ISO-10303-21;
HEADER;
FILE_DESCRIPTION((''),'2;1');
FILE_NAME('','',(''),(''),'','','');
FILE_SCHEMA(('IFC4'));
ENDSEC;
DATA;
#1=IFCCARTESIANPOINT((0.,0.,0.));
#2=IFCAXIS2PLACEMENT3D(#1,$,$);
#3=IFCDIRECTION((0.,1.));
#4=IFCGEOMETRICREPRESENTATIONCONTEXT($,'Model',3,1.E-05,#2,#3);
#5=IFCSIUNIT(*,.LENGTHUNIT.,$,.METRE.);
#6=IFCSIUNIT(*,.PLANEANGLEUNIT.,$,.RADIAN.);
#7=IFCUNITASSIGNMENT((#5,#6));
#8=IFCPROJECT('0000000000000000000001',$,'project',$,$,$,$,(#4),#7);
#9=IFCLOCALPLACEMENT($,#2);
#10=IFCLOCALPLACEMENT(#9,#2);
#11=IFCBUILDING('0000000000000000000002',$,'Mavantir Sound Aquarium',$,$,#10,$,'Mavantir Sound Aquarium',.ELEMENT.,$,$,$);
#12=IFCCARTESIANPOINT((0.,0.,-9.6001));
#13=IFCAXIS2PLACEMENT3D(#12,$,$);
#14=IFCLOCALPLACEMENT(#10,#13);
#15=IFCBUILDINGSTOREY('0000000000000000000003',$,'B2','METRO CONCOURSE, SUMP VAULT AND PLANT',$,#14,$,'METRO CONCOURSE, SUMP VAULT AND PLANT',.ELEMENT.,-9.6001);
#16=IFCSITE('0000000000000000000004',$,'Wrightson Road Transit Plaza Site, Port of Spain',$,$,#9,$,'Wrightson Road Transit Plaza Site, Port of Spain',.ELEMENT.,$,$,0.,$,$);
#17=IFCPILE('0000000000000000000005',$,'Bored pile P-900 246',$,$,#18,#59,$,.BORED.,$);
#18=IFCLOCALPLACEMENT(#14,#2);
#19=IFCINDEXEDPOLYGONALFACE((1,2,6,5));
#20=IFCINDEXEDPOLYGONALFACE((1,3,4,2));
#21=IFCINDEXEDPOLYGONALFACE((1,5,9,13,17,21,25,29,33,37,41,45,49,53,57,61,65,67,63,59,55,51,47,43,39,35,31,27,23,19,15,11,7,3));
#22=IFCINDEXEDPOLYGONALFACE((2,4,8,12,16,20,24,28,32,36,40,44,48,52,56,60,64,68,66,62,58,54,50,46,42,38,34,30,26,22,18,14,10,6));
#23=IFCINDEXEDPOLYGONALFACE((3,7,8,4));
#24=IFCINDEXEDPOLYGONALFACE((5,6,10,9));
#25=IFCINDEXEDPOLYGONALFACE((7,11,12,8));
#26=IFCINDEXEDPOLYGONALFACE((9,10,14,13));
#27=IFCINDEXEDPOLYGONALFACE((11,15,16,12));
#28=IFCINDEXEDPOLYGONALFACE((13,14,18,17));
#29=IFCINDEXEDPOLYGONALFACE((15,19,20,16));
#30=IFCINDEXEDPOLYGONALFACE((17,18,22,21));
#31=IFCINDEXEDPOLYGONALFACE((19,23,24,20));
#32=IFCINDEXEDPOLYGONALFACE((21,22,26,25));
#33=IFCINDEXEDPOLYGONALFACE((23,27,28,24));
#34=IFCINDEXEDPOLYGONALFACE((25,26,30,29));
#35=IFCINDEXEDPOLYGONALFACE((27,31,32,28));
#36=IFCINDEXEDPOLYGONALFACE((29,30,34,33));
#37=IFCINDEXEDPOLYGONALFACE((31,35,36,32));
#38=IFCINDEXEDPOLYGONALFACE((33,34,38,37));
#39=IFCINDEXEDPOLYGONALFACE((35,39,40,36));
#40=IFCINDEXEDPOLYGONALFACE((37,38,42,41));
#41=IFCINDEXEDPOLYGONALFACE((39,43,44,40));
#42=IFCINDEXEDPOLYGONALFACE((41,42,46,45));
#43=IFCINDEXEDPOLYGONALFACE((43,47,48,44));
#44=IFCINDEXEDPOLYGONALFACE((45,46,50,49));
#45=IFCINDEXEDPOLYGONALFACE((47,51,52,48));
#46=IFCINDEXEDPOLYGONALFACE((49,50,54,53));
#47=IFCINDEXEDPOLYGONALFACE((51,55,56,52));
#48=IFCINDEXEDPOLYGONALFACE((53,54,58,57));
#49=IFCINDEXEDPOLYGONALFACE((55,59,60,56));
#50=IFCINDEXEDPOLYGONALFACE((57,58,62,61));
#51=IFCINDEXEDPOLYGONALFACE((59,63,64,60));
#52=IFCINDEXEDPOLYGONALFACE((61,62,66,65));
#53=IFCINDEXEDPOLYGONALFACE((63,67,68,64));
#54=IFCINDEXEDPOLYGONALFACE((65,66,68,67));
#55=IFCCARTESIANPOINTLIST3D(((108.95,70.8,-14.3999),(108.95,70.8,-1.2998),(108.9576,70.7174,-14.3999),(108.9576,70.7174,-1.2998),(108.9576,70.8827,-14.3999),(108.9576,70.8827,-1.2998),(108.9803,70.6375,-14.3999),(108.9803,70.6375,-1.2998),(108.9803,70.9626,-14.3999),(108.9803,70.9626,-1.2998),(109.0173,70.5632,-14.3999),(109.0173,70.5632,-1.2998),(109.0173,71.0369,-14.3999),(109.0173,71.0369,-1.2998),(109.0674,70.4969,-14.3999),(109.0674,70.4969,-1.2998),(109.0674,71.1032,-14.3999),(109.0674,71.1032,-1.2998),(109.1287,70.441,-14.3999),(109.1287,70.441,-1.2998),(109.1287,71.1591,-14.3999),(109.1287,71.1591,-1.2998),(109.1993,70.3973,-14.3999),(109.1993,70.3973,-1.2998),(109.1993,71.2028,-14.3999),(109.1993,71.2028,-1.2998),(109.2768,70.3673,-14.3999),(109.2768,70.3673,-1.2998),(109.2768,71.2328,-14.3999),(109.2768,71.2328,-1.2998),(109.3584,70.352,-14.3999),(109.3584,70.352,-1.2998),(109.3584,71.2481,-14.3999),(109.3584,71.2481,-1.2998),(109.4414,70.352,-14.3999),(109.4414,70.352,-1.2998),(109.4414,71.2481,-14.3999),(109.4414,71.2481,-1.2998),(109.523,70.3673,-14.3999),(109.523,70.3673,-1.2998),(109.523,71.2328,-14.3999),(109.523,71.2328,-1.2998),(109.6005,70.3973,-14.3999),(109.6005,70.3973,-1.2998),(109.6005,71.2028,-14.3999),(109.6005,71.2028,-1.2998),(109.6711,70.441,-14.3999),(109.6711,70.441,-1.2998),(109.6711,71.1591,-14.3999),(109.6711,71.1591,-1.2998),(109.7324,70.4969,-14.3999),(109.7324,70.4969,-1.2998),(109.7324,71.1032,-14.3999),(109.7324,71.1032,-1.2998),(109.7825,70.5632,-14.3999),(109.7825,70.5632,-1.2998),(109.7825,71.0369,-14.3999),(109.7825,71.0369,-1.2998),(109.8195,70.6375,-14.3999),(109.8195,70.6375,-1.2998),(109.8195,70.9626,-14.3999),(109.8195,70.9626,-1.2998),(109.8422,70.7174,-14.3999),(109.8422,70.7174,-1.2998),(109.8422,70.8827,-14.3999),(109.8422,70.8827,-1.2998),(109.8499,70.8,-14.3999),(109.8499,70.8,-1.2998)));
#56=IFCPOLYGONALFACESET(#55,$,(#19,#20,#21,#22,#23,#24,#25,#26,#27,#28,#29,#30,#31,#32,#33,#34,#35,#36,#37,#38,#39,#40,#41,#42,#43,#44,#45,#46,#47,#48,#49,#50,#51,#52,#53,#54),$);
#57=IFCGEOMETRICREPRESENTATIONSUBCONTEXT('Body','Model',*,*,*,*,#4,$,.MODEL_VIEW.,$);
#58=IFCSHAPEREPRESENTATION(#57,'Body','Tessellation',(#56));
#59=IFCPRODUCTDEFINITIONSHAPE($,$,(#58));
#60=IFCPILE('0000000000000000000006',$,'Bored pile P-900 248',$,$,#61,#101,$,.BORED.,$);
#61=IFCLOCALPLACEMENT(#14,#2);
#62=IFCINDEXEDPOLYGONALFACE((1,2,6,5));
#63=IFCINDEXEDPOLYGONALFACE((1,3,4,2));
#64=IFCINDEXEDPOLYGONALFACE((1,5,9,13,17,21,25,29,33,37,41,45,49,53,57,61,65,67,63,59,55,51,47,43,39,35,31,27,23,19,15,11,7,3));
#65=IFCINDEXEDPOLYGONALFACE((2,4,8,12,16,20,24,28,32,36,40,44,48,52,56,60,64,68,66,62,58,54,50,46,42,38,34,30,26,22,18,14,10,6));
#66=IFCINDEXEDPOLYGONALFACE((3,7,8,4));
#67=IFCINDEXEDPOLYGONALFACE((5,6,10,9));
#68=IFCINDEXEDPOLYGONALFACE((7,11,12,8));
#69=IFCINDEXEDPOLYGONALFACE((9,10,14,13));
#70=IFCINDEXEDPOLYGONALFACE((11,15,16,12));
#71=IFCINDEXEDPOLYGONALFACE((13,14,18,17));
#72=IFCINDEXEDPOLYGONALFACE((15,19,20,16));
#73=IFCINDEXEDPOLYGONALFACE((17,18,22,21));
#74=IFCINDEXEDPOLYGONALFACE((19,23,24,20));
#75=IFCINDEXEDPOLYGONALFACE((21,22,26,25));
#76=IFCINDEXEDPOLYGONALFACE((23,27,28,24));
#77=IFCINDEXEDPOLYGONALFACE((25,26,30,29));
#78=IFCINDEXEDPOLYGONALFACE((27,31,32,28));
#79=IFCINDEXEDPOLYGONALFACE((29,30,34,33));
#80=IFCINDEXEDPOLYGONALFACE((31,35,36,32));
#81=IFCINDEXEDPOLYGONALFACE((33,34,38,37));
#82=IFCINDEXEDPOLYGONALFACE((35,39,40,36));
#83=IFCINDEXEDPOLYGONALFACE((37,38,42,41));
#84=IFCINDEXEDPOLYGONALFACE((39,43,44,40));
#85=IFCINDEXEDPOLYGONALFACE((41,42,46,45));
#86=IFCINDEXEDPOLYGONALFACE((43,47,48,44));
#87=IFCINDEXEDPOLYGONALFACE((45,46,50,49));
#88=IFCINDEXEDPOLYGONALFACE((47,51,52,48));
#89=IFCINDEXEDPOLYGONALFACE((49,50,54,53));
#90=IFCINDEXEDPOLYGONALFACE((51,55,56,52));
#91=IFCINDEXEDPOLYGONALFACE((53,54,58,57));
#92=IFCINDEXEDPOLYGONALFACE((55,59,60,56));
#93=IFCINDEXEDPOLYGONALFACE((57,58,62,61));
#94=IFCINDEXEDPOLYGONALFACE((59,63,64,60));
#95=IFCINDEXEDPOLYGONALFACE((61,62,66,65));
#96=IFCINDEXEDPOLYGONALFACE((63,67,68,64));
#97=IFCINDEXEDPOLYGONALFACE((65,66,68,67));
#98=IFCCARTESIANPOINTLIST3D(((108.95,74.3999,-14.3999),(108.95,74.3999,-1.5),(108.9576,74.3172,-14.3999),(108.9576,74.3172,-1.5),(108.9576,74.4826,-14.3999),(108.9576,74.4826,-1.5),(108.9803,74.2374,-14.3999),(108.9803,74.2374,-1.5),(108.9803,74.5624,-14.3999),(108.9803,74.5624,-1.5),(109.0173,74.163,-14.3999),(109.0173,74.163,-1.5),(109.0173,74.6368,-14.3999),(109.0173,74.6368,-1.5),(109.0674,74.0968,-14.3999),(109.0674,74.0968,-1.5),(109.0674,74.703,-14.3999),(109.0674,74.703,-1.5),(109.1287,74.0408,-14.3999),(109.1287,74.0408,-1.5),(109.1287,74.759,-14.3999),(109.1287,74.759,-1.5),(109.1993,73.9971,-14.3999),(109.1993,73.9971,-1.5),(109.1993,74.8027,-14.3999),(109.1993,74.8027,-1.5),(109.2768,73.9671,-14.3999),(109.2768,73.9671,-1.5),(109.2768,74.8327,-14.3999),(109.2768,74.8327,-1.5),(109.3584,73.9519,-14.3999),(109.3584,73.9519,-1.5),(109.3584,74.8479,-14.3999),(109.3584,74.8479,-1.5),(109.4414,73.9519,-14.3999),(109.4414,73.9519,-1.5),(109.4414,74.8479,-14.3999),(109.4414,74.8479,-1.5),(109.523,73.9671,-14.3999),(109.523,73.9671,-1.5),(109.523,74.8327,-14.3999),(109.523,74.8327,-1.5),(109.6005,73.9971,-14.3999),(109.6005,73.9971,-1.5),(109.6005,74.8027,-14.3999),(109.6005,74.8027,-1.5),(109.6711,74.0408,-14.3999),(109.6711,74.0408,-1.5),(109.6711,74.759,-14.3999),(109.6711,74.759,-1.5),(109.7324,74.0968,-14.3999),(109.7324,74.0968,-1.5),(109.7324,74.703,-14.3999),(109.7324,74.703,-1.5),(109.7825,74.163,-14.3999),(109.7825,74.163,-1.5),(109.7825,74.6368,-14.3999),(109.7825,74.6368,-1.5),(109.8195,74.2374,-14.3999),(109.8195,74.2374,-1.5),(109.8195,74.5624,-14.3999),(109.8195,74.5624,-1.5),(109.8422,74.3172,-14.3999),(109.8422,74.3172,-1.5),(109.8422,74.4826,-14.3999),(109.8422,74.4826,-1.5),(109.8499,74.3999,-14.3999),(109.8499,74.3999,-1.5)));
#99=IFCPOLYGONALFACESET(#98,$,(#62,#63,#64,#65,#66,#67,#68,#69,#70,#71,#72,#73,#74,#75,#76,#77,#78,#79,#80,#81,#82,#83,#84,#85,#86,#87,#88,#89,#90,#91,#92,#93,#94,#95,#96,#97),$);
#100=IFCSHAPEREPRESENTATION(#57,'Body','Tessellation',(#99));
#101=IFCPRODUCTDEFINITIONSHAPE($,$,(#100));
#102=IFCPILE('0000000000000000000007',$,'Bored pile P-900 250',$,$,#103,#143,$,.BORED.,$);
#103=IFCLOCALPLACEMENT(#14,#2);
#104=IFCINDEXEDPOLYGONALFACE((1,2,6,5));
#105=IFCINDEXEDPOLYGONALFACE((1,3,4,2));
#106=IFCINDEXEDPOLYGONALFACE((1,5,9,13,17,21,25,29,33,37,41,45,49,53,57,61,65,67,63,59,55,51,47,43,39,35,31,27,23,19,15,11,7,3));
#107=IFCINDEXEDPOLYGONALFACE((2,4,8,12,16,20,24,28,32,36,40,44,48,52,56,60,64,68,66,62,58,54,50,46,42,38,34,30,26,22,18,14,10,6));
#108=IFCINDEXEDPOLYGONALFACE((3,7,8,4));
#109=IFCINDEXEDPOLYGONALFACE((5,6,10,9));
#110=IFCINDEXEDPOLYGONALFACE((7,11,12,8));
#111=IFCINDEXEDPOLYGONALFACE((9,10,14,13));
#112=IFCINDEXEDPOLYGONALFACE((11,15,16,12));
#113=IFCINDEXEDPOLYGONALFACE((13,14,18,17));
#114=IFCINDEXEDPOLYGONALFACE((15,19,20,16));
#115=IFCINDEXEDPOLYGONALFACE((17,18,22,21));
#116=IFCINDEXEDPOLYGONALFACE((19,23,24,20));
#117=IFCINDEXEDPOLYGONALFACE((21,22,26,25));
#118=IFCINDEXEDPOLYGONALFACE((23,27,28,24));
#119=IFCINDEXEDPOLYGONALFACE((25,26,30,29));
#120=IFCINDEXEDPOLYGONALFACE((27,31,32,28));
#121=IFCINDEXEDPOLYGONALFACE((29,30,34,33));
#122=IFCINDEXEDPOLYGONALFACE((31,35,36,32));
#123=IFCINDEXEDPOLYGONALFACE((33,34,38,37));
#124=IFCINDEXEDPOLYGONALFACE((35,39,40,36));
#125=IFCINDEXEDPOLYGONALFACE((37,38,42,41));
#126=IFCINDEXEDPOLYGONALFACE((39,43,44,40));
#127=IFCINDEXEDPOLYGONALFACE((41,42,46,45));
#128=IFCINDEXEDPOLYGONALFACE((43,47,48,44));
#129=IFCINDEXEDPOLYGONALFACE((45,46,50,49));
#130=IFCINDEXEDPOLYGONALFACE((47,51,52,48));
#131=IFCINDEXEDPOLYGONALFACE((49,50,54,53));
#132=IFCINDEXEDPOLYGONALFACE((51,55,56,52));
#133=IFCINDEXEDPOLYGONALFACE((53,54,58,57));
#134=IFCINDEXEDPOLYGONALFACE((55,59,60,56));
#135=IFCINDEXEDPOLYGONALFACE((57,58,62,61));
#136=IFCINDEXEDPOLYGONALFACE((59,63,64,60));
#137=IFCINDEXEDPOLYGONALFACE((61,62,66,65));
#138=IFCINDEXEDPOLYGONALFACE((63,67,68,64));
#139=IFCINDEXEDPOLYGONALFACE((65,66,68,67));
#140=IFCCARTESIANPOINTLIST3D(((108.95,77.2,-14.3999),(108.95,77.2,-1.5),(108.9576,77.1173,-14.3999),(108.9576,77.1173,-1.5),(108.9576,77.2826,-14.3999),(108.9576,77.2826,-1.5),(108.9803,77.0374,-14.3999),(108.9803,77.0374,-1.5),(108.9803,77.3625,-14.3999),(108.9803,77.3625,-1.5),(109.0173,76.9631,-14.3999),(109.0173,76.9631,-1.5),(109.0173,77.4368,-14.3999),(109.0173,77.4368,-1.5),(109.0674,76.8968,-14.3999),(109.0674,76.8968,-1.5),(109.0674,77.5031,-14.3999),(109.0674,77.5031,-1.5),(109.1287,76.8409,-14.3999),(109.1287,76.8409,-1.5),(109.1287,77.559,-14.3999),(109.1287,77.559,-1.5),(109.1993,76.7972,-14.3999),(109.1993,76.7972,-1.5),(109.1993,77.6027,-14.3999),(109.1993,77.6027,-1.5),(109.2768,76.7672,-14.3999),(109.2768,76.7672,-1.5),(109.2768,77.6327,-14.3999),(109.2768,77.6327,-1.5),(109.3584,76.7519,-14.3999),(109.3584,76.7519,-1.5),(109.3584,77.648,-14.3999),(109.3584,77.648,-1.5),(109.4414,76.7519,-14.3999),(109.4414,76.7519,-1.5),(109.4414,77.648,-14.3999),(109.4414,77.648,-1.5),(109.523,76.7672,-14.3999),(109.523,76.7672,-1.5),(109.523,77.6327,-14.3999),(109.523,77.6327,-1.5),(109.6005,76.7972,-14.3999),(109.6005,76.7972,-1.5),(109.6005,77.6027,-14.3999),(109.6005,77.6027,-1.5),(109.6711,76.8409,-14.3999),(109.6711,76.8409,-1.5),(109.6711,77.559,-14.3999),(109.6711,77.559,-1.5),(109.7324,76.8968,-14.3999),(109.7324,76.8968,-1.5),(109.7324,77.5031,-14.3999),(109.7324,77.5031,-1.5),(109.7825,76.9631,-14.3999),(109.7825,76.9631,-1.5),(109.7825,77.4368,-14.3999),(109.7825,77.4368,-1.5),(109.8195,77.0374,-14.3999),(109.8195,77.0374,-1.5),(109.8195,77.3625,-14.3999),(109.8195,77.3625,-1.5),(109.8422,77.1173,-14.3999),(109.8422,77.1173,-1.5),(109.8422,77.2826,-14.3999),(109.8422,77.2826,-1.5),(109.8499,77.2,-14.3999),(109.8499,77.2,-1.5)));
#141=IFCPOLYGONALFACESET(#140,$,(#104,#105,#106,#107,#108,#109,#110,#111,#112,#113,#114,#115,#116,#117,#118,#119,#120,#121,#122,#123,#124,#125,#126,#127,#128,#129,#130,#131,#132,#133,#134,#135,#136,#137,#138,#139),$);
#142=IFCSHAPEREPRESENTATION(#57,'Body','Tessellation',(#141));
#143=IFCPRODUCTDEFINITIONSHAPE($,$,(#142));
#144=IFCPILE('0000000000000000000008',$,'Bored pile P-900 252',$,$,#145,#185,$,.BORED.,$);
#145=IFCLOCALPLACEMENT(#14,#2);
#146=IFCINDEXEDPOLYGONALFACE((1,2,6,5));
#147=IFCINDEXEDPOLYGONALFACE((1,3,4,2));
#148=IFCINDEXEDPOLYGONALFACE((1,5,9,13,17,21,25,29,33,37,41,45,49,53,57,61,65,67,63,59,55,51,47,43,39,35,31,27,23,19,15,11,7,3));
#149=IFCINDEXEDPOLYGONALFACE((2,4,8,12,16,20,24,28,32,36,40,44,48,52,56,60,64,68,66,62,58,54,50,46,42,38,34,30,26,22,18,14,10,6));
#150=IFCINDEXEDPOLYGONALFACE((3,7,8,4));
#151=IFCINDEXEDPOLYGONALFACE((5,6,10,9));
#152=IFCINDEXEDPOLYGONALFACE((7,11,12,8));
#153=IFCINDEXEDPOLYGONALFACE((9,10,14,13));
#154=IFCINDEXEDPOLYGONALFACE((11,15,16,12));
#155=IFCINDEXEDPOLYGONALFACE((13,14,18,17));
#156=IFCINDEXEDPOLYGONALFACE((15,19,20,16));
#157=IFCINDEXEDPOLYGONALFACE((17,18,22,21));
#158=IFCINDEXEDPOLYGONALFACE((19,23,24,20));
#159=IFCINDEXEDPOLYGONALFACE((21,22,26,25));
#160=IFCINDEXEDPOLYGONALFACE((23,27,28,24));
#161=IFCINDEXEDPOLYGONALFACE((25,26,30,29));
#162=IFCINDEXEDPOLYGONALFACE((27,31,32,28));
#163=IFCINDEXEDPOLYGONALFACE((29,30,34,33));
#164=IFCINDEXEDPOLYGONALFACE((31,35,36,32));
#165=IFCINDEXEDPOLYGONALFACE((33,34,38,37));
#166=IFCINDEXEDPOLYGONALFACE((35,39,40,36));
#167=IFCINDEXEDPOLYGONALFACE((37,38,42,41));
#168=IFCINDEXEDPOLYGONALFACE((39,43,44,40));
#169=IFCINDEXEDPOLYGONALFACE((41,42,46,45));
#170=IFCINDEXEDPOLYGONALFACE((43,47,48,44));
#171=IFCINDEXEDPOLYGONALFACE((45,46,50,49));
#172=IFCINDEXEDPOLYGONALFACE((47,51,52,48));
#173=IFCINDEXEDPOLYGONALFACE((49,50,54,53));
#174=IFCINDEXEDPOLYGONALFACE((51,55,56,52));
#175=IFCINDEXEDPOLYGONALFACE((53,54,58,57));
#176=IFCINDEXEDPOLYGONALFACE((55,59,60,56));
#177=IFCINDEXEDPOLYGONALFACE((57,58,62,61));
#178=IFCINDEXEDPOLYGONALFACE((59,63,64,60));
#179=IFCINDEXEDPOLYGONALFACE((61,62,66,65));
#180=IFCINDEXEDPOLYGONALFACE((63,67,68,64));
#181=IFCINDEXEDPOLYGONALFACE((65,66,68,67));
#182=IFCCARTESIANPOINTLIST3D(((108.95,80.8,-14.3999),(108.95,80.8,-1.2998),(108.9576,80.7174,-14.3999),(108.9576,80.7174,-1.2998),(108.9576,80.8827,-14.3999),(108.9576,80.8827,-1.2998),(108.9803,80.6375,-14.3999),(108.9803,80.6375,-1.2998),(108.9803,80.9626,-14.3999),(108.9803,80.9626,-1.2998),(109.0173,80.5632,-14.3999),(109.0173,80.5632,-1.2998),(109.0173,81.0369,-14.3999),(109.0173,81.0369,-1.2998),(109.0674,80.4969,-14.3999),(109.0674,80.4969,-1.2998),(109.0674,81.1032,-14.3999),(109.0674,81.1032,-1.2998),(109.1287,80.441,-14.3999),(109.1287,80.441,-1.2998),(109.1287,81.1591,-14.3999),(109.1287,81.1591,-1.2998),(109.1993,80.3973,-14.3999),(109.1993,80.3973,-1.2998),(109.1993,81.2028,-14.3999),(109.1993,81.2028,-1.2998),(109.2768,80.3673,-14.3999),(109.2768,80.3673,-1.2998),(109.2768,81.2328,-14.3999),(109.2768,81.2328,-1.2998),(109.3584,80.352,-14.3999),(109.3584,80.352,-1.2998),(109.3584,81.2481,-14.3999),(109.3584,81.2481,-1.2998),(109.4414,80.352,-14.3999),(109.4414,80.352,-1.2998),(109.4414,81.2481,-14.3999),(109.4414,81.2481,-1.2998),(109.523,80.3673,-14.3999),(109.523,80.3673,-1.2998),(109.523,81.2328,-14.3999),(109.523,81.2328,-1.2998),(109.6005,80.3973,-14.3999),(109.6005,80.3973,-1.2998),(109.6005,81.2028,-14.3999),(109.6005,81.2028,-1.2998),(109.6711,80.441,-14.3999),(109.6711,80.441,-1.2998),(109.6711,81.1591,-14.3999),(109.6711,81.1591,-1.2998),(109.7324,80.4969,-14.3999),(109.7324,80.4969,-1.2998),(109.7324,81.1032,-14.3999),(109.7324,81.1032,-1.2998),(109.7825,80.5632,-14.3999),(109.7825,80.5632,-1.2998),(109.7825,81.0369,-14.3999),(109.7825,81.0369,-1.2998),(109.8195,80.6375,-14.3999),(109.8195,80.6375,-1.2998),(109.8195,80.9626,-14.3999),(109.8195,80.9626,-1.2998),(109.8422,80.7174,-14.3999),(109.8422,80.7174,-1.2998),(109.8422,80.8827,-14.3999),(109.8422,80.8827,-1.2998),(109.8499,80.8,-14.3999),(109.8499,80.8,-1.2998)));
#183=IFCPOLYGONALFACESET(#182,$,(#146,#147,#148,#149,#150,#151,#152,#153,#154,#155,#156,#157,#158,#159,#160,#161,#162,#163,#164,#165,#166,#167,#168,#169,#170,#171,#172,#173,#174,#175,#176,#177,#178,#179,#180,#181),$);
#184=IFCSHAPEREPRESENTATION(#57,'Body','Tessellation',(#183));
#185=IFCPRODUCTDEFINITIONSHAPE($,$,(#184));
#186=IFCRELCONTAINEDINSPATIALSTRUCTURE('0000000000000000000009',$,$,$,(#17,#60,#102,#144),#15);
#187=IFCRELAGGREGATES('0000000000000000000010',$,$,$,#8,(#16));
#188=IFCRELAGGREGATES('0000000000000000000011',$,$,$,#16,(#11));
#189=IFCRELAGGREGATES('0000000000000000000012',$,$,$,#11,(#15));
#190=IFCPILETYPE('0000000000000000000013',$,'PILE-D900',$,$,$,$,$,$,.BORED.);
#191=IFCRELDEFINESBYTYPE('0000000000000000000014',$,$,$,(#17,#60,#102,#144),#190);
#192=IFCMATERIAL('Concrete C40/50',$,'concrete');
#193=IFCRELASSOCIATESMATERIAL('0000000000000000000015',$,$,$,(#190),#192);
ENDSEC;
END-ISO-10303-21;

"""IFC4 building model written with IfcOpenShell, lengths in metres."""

from ifc_helpers import new_model, si_unit, direction, frame, origin, origin_2d, place, context, subcontext, project, spatial, circle, extrude, material, material_profile, profile_set, type_object, element, save


model = new_model("IFC4")

# Units and contexts
model_context = context("Model", 3, precision=1e-05, world=origin(), true_north=direction((0.0, 1.0)))
body_context = subcontext(model_context, "Body", "Model", "MODEL_VIEW")
ifc_project = project(units=[si_unit("LENGTHUNIT", "METRE"), si_unit("PLANEANGLEUNIT", "RADIAN")], contexts=[model_context])

# Site, building, storey
site_placement = place(None, origin())
site = spatial("IfcSite", under=ifc_project, at=site_placement, Name="Wrightson Road Transit Plaza Site, Port of Spain", LongName="Wrightson Road Transit Plaza Site, Port of Spain", CompositionType="ELEMENT", RefElevation=0.0)
building_placement = place(site_placement, origin())
building = spatial("IfcBuilding", under=site, at=building_placement, Name="Mavantir Sound Aquarium", LongName="Mavantir Sound Aquarium", CompositionType="ELEMENT")
storey_placement = place(building_placement, frame((0.0, 0.0, -9.6001)))
storey = spatial("IfcBuildingStorey", under=building, at=storey_placement, Name="B2", Description="METRO CONCOURSE, SUMP VAULT AND PLANT", LongName="METRO CONCOURSE, SUMP VAULT AND PLANT", CompositionType="ELEMENT", Elevation=-9.6001)

# Shared definitions
ifc_material = material(Name="Concrete C40/50", Category="concrete")

# Piles
ifc_material_profile_1 = material_profile(ifc_material, circle(Radius=0.45, at=origin_2d()), Name="PILE D900")
ifc_profile_set_1 = profile_set([ifc_material_profile_1], Name="Concrete C40/50")
pile_type = type_object("IfcPileType", Name="PILE-D900", PredefinedType="BORED", material=ifc_profile_set_1)
pile_1_placement = place(storey_placement, frame((109.3999, 70.8, -1.2998), z_axis=(0.0, 0.0, -1.0), x_axis=(1.0, 0.0, 0.0)))
element("IfcPile", 1, at=pile_1_placement, inside=storey, type_object=pile_type, Name="Bored pile P-900 246", PredefinedType="BORED", context=body_context, shape_type="SweptSolid", body=[
    extrude(circle(Radius=0.45, at=origin_2d()), origin(), (0.0, 0.0, 1.0), 13.1001),
])
for number, where, z_axis, x_axis, name in (
    (2, (109.3999, 74.3999, -1.5), (0.0, 0.0, -1.0), (1.0, 0.0, 0.0), "Bored pile P-900 248"),
    (3, (109.3999, 77.2, -1.5), (0.0, 0.0, -1.0), (1.0, 0.0, 0.0), "Bored pile P-900 250"),
):
    element("IfcPile", number, at=place(storey_placement, frame(where, z_axis=z_axis, x_axis=x_axis)), inside=storey, type_object=pile_type, Name=name, PredefinedType="BORED", context=body_context, shape_type="SweptSolid", body=[
        extrude(circle(Radius=0.45, at=origin_2d()), origin(), (0.0, 0.0, 1.0), 12.8999),
    ])
pile_2_placement = place(storey_placement, frame((109.3999, 80.8, -1.2998), z_axis=(0.0, 0.0, -1.0), x_axis=(1.0, 0.0, 0.0)))
element("IfcPile", 4, at=pile_2_placement, inside=storey, type_object=pile_type, Name="Bored pile P-900 252", PredefinedType="BORED", context=body_context, shape_type="SweptSolid", body=[
    extrude(circle(Radius=0.45, at=origin_2d()), origin(), (0.0, 0.0, 1.0), 13.1001),
])

save(model, "model.ifc")
